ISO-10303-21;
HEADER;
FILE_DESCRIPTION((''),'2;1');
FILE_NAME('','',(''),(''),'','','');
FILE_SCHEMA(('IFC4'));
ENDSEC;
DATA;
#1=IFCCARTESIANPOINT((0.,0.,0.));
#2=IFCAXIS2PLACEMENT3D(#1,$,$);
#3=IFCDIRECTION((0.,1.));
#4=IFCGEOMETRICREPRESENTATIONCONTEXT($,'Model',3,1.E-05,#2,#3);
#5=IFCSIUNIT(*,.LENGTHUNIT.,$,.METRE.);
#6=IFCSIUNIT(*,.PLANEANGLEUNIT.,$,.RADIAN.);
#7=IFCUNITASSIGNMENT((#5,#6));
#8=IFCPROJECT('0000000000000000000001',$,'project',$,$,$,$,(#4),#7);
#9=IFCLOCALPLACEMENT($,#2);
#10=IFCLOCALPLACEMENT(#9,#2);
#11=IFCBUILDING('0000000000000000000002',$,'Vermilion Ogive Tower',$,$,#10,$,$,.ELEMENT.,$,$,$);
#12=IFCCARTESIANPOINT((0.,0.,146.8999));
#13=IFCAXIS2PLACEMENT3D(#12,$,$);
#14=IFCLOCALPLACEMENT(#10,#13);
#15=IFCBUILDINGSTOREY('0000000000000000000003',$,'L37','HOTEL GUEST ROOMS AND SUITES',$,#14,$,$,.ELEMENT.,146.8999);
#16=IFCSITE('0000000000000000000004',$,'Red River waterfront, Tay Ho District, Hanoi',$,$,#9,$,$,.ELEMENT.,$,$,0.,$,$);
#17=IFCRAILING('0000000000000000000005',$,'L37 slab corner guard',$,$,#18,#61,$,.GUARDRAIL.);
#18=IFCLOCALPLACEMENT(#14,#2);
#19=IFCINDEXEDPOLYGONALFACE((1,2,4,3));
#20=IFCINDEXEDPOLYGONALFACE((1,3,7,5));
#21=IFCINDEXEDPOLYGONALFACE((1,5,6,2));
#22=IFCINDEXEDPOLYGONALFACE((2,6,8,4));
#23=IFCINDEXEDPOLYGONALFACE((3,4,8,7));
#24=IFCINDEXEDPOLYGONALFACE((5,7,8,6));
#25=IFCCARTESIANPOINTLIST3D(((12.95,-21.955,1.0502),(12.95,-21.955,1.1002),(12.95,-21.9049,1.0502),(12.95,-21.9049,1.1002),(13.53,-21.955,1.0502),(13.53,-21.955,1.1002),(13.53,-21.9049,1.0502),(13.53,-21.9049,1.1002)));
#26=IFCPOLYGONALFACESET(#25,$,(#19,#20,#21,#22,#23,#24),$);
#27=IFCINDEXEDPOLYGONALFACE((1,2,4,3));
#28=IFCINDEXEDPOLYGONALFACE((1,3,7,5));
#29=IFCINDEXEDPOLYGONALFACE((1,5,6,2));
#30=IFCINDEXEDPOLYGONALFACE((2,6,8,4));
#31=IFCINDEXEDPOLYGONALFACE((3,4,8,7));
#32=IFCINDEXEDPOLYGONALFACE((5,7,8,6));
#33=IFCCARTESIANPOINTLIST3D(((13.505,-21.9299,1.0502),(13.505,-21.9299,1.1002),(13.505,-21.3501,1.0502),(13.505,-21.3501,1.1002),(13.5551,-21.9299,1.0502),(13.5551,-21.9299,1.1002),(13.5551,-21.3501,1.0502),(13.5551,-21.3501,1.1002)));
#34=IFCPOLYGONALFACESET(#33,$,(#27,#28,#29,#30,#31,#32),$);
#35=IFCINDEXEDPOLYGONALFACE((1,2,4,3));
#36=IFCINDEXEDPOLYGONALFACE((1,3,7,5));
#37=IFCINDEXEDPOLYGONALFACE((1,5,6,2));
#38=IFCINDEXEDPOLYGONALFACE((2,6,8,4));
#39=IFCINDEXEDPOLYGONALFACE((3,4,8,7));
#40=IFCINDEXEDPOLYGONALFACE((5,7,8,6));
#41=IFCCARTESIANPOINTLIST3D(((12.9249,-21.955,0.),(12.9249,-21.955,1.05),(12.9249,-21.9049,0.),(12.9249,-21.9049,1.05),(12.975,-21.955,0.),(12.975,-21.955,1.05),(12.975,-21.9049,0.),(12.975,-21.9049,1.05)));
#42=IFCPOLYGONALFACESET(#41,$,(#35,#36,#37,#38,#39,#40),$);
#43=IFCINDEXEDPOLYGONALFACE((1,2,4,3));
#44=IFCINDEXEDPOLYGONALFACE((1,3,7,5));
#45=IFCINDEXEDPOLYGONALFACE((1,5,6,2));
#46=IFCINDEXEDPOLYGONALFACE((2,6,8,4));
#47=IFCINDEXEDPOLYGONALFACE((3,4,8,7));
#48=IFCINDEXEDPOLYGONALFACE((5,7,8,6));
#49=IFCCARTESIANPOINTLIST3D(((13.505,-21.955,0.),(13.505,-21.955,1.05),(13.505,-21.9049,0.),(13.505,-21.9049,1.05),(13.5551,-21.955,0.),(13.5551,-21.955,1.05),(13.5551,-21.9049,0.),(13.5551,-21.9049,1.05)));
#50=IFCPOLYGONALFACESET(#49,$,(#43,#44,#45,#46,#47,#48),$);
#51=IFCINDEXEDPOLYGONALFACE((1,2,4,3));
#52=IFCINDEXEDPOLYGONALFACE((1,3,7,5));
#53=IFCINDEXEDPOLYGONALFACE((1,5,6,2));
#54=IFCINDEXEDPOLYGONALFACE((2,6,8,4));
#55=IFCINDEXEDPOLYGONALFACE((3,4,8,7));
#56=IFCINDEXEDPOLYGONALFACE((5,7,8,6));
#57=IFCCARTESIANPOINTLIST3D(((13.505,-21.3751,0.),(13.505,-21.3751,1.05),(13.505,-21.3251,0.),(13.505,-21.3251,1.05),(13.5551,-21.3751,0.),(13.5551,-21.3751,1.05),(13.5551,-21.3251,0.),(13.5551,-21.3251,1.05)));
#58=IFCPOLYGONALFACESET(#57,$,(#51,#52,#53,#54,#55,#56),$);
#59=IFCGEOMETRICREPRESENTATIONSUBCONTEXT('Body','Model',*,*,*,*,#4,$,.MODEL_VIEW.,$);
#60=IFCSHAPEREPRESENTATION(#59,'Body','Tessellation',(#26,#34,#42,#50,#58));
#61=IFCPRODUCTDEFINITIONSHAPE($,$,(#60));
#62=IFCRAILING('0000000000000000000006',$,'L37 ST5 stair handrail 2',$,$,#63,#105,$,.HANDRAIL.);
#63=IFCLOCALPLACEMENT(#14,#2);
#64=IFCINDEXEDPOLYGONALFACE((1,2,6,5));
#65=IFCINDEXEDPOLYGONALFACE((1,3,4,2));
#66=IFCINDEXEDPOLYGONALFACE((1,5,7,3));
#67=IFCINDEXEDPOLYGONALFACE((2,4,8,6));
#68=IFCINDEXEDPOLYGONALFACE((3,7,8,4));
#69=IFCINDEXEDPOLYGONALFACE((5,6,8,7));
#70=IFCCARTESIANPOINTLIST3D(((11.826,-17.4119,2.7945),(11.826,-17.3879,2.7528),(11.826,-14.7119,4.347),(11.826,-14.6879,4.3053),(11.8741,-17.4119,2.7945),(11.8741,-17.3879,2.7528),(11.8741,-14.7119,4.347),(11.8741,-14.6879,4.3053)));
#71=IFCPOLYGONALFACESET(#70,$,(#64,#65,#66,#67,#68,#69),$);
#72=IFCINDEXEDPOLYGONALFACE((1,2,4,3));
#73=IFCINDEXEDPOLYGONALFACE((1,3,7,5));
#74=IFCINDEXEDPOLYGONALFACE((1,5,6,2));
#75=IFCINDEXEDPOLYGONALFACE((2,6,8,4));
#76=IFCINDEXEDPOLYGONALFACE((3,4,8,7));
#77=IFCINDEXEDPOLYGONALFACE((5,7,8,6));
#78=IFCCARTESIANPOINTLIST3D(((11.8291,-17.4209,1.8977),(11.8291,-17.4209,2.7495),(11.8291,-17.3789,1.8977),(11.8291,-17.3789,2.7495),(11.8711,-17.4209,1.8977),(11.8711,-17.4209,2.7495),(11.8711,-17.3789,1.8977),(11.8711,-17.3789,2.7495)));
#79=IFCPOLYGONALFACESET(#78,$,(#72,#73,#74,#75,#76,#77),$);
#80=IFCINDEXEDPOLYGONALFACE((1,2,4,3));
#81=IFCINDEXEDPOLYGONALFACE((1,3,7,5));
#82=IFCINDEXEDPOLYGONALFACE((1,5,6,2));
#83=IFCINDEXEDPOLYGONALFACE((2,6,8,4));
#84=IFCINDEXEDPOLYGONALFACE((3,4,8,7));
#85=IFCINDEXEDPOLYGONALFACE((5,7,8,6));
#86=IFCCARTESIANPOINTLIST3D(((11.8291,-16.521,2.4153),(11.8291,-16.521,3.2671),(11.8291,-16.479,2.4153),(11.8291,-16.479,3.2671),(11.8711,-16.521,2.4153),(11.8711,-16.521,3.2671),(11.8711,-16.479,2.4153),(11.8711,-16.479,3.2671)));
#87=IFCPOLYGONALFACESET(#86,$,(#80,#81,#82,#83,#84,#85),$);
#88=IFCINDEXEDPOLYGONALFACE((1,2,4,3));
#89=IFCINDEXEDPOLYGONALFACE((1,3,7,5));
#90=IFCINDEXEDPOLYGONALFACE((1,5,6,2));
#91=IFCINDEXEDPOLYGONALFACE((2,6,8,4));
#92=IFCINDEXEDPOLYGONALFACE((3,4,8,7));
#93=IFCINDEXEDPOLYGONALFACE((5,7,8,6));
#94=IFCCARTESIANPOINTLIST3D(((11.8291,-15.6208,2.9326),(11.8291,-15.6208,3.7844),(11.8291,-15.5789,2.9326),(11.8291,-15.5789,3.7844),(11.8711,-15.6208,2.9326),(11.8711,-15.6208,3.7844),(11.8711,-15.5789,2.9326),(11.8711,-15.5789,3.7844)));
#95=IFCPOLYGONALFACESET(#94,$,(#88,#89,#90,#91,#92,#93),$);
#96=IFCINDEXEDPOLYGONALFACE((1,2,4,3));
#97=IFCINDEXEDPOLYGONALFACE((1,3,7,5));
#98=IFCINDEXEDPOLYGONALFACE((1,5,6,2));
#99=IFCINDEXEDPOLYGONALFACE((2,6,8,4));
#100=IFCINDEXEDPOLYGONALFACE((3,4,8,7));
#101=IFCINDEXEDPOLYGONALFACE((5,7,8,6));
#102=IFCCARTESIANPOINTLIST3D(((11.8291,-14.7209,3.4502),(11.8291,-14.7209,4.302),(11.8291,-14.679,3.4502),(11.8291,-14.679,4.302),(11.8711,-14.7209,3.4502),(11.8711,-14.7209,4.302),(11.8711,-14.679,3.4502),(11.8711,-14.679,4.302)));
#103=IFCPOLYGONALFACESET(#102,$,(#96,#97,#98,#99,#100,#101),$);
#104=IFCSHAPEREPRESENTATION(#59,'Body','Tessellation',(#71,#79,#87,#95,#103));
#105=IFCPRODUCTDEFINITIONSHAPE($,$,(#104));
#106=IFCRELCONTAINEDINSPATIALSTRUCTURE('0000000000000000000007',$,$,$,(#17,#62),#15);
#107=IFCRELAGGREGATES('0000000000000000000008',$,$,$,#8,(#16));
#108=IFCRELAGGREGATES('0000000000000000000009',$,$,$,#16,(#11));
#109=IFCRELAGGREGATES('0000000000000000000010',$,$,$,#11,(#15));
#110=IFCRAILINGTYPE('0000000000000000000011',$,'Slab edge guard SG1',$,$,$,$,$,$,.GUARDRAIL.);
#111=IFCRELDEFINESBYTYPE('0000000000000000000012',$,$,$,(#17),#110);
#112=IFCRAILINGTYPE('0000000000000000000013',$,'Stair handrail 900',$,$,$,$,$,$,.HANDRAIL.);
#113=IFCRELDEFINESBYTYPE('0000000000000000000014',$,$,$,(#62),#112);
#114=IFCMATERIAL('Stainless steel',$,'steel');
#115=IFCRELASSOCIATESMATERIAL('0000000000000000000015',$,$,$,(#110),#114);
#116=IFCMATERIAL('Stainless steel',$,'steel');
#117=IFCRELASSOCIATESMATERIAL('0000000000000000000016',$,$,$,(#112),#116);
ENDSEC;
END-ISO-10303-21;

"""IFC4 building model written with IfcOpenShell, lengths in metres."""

from ifc_helpers import new_model, si_unit, direction, frame, origin, origin_2d, place, context, subcontext, project, spatial, rectangle, extrude, material, type_object, element, save


model = new_model("IFC4")

# Units and contexts
model_context = context("Model", 3, precision=1e-05, world=origin(), true_north=direction((0.0, 1.0)))
body_context = subcontext(model_context, "Body", "Model", "MODEL_VIEW")
ifc_project = project(units=[si_unit("LENGTHUNIT", "METRE"), si_unit("PLANEANGLEUNIT", "RADIAN")], contexts=[model_context])

# Site, building, storey
site_placement = place(None, origin())
site = spatial("IfcSite", under=ifc_project, at=site_placement, Name="Red River waterfront, Tay Ho District, Hanoi", CompositionType="ELEMENT", RefElevation=0.0)
building_placement = place(site_placement, origin())
building = spatial("IfcBuilding", under=site, at=building_placement, Name="Vermilion Ogive Tower", CompositionType="ELEMENT")
storey_placement = place(building_placement, frame((0.0, 0.0, 146.8999)))
storey = spatial("IfcBuildingStorey", under=building, at=storey_placement, Name="L37", Description="HOTEL GUEST ROOMS AND SUITES", CompositionType="ELEMENT", Elevation=146.8999)

# Railings
ifc_material_1 = material(Name="Stainless steel", Category="steel")
railing_type_1 = type_object("IfcRailingType", Name="Slab edge guard SG1", PredefinedType="GUARDRAIL", material=ifc_material_1)
railing_1_placement = place(storey_placement, frame((12.95, -21.9299, 0.0)))
element("IfcRailing", 1, at=railing_1_placement, inside=storey, type_object=railing_type_1, Name="L37 slab corner guard", PredefinedType="GUARDRAIL", context=body_context, shape_type="SweptSolid", body=[
    extrude(rectangle(XDim=0.05, YDim=0.05, at=origin_2d()), frame((0.0, 0.0, 1.0752), z_axis=(1.0, 0.0, 0.0), x_axis=(0.0, 1.0, 0.0)), (0.0, 0.0, 1.0), 0.5801),
    extrude(rectangle(XDim=0.05, YDim=0.05, at=origin_2d()), frame((0.5801, 0.0, 1.0752), z_axis=(0.0, 1.0, 0.0), x_axis=(-1.0, 0.0, 0.0)), (0.0, 0.0, 1.0), 0.5798),
    extrude(rectangle(XDim=0.05, YDim=0.05, at=origin_2d()), origin(), (0.0, 0.0, 1.0), 1.05),
    extrude(rectangle(XDim=0.05, YDim=0.05, at=origin_2d()), frame((0.5801, 0.0, 0.0)), (0.0, 0.0, 1.0), 1.05),
    extrude(rectangle(XDim=0.05, YDim=0.05, at=origin_2d()), frame((0.5801, 0.5798, 0.0)), (0.0, 0.0, 1.0), 1.05),
])
ifc_material_2 = material(Name="Stainless steel", Category="steel")
railing_type_2 = type_object("IfcRailingType", Name="Stair handrail 900", PredefinedType="HANDRAIL", material=ifc_material_2)
railing_2_placement = place(storey_placement, frame((11.8501, -17.3999, 1.8977)))
element("IfcRailing", 2, at=railing_2_placement, inside=storey, type_object=railing_type_2, Name="L37 ST5 stair handrail 2", PredefinedType="HANDRAIL", context=body_context, shape_type="SweptSolid", body=[
    extrude(rectangle(XDim=0.0481, YDim=0.0481, at=origin_2d()), frame((0.0, 0.0, 0.876), z_axis=(0.0, 0.866904, 0.498476), x_axis=(-1.0, 0.0, 0.0)), (0.0, 0.0, 1.0), 3.1145),
    extrude(rectangle(XDim=0.042, YDim=0.042, at=origin_2d()), origin(), (0.0, 0.0, 1.0), 0.8518),
    extrude(rectangle(XDim=0.042, YDim=0.042, at=origin_2d()), frame((0.0, 0.8999, 0.5176)), (0.0, 0.0, 1.0), 0.8518),
    extrude(rectangle(XDim=0.042, YDim=0.042, at=origin_2d()), frame((0.0, 1.8, 1.0349)), (0.0, 0.0, 1.0), 0.8518),
    extrude(rectangle(XDim=0.042, YDim=0.042, at=origin_2d()), frame((0.0, 2.7, 1.5525)), (0.0, 0.0, 1.0), 0.8518),
])

save(model, "model.ifc")
